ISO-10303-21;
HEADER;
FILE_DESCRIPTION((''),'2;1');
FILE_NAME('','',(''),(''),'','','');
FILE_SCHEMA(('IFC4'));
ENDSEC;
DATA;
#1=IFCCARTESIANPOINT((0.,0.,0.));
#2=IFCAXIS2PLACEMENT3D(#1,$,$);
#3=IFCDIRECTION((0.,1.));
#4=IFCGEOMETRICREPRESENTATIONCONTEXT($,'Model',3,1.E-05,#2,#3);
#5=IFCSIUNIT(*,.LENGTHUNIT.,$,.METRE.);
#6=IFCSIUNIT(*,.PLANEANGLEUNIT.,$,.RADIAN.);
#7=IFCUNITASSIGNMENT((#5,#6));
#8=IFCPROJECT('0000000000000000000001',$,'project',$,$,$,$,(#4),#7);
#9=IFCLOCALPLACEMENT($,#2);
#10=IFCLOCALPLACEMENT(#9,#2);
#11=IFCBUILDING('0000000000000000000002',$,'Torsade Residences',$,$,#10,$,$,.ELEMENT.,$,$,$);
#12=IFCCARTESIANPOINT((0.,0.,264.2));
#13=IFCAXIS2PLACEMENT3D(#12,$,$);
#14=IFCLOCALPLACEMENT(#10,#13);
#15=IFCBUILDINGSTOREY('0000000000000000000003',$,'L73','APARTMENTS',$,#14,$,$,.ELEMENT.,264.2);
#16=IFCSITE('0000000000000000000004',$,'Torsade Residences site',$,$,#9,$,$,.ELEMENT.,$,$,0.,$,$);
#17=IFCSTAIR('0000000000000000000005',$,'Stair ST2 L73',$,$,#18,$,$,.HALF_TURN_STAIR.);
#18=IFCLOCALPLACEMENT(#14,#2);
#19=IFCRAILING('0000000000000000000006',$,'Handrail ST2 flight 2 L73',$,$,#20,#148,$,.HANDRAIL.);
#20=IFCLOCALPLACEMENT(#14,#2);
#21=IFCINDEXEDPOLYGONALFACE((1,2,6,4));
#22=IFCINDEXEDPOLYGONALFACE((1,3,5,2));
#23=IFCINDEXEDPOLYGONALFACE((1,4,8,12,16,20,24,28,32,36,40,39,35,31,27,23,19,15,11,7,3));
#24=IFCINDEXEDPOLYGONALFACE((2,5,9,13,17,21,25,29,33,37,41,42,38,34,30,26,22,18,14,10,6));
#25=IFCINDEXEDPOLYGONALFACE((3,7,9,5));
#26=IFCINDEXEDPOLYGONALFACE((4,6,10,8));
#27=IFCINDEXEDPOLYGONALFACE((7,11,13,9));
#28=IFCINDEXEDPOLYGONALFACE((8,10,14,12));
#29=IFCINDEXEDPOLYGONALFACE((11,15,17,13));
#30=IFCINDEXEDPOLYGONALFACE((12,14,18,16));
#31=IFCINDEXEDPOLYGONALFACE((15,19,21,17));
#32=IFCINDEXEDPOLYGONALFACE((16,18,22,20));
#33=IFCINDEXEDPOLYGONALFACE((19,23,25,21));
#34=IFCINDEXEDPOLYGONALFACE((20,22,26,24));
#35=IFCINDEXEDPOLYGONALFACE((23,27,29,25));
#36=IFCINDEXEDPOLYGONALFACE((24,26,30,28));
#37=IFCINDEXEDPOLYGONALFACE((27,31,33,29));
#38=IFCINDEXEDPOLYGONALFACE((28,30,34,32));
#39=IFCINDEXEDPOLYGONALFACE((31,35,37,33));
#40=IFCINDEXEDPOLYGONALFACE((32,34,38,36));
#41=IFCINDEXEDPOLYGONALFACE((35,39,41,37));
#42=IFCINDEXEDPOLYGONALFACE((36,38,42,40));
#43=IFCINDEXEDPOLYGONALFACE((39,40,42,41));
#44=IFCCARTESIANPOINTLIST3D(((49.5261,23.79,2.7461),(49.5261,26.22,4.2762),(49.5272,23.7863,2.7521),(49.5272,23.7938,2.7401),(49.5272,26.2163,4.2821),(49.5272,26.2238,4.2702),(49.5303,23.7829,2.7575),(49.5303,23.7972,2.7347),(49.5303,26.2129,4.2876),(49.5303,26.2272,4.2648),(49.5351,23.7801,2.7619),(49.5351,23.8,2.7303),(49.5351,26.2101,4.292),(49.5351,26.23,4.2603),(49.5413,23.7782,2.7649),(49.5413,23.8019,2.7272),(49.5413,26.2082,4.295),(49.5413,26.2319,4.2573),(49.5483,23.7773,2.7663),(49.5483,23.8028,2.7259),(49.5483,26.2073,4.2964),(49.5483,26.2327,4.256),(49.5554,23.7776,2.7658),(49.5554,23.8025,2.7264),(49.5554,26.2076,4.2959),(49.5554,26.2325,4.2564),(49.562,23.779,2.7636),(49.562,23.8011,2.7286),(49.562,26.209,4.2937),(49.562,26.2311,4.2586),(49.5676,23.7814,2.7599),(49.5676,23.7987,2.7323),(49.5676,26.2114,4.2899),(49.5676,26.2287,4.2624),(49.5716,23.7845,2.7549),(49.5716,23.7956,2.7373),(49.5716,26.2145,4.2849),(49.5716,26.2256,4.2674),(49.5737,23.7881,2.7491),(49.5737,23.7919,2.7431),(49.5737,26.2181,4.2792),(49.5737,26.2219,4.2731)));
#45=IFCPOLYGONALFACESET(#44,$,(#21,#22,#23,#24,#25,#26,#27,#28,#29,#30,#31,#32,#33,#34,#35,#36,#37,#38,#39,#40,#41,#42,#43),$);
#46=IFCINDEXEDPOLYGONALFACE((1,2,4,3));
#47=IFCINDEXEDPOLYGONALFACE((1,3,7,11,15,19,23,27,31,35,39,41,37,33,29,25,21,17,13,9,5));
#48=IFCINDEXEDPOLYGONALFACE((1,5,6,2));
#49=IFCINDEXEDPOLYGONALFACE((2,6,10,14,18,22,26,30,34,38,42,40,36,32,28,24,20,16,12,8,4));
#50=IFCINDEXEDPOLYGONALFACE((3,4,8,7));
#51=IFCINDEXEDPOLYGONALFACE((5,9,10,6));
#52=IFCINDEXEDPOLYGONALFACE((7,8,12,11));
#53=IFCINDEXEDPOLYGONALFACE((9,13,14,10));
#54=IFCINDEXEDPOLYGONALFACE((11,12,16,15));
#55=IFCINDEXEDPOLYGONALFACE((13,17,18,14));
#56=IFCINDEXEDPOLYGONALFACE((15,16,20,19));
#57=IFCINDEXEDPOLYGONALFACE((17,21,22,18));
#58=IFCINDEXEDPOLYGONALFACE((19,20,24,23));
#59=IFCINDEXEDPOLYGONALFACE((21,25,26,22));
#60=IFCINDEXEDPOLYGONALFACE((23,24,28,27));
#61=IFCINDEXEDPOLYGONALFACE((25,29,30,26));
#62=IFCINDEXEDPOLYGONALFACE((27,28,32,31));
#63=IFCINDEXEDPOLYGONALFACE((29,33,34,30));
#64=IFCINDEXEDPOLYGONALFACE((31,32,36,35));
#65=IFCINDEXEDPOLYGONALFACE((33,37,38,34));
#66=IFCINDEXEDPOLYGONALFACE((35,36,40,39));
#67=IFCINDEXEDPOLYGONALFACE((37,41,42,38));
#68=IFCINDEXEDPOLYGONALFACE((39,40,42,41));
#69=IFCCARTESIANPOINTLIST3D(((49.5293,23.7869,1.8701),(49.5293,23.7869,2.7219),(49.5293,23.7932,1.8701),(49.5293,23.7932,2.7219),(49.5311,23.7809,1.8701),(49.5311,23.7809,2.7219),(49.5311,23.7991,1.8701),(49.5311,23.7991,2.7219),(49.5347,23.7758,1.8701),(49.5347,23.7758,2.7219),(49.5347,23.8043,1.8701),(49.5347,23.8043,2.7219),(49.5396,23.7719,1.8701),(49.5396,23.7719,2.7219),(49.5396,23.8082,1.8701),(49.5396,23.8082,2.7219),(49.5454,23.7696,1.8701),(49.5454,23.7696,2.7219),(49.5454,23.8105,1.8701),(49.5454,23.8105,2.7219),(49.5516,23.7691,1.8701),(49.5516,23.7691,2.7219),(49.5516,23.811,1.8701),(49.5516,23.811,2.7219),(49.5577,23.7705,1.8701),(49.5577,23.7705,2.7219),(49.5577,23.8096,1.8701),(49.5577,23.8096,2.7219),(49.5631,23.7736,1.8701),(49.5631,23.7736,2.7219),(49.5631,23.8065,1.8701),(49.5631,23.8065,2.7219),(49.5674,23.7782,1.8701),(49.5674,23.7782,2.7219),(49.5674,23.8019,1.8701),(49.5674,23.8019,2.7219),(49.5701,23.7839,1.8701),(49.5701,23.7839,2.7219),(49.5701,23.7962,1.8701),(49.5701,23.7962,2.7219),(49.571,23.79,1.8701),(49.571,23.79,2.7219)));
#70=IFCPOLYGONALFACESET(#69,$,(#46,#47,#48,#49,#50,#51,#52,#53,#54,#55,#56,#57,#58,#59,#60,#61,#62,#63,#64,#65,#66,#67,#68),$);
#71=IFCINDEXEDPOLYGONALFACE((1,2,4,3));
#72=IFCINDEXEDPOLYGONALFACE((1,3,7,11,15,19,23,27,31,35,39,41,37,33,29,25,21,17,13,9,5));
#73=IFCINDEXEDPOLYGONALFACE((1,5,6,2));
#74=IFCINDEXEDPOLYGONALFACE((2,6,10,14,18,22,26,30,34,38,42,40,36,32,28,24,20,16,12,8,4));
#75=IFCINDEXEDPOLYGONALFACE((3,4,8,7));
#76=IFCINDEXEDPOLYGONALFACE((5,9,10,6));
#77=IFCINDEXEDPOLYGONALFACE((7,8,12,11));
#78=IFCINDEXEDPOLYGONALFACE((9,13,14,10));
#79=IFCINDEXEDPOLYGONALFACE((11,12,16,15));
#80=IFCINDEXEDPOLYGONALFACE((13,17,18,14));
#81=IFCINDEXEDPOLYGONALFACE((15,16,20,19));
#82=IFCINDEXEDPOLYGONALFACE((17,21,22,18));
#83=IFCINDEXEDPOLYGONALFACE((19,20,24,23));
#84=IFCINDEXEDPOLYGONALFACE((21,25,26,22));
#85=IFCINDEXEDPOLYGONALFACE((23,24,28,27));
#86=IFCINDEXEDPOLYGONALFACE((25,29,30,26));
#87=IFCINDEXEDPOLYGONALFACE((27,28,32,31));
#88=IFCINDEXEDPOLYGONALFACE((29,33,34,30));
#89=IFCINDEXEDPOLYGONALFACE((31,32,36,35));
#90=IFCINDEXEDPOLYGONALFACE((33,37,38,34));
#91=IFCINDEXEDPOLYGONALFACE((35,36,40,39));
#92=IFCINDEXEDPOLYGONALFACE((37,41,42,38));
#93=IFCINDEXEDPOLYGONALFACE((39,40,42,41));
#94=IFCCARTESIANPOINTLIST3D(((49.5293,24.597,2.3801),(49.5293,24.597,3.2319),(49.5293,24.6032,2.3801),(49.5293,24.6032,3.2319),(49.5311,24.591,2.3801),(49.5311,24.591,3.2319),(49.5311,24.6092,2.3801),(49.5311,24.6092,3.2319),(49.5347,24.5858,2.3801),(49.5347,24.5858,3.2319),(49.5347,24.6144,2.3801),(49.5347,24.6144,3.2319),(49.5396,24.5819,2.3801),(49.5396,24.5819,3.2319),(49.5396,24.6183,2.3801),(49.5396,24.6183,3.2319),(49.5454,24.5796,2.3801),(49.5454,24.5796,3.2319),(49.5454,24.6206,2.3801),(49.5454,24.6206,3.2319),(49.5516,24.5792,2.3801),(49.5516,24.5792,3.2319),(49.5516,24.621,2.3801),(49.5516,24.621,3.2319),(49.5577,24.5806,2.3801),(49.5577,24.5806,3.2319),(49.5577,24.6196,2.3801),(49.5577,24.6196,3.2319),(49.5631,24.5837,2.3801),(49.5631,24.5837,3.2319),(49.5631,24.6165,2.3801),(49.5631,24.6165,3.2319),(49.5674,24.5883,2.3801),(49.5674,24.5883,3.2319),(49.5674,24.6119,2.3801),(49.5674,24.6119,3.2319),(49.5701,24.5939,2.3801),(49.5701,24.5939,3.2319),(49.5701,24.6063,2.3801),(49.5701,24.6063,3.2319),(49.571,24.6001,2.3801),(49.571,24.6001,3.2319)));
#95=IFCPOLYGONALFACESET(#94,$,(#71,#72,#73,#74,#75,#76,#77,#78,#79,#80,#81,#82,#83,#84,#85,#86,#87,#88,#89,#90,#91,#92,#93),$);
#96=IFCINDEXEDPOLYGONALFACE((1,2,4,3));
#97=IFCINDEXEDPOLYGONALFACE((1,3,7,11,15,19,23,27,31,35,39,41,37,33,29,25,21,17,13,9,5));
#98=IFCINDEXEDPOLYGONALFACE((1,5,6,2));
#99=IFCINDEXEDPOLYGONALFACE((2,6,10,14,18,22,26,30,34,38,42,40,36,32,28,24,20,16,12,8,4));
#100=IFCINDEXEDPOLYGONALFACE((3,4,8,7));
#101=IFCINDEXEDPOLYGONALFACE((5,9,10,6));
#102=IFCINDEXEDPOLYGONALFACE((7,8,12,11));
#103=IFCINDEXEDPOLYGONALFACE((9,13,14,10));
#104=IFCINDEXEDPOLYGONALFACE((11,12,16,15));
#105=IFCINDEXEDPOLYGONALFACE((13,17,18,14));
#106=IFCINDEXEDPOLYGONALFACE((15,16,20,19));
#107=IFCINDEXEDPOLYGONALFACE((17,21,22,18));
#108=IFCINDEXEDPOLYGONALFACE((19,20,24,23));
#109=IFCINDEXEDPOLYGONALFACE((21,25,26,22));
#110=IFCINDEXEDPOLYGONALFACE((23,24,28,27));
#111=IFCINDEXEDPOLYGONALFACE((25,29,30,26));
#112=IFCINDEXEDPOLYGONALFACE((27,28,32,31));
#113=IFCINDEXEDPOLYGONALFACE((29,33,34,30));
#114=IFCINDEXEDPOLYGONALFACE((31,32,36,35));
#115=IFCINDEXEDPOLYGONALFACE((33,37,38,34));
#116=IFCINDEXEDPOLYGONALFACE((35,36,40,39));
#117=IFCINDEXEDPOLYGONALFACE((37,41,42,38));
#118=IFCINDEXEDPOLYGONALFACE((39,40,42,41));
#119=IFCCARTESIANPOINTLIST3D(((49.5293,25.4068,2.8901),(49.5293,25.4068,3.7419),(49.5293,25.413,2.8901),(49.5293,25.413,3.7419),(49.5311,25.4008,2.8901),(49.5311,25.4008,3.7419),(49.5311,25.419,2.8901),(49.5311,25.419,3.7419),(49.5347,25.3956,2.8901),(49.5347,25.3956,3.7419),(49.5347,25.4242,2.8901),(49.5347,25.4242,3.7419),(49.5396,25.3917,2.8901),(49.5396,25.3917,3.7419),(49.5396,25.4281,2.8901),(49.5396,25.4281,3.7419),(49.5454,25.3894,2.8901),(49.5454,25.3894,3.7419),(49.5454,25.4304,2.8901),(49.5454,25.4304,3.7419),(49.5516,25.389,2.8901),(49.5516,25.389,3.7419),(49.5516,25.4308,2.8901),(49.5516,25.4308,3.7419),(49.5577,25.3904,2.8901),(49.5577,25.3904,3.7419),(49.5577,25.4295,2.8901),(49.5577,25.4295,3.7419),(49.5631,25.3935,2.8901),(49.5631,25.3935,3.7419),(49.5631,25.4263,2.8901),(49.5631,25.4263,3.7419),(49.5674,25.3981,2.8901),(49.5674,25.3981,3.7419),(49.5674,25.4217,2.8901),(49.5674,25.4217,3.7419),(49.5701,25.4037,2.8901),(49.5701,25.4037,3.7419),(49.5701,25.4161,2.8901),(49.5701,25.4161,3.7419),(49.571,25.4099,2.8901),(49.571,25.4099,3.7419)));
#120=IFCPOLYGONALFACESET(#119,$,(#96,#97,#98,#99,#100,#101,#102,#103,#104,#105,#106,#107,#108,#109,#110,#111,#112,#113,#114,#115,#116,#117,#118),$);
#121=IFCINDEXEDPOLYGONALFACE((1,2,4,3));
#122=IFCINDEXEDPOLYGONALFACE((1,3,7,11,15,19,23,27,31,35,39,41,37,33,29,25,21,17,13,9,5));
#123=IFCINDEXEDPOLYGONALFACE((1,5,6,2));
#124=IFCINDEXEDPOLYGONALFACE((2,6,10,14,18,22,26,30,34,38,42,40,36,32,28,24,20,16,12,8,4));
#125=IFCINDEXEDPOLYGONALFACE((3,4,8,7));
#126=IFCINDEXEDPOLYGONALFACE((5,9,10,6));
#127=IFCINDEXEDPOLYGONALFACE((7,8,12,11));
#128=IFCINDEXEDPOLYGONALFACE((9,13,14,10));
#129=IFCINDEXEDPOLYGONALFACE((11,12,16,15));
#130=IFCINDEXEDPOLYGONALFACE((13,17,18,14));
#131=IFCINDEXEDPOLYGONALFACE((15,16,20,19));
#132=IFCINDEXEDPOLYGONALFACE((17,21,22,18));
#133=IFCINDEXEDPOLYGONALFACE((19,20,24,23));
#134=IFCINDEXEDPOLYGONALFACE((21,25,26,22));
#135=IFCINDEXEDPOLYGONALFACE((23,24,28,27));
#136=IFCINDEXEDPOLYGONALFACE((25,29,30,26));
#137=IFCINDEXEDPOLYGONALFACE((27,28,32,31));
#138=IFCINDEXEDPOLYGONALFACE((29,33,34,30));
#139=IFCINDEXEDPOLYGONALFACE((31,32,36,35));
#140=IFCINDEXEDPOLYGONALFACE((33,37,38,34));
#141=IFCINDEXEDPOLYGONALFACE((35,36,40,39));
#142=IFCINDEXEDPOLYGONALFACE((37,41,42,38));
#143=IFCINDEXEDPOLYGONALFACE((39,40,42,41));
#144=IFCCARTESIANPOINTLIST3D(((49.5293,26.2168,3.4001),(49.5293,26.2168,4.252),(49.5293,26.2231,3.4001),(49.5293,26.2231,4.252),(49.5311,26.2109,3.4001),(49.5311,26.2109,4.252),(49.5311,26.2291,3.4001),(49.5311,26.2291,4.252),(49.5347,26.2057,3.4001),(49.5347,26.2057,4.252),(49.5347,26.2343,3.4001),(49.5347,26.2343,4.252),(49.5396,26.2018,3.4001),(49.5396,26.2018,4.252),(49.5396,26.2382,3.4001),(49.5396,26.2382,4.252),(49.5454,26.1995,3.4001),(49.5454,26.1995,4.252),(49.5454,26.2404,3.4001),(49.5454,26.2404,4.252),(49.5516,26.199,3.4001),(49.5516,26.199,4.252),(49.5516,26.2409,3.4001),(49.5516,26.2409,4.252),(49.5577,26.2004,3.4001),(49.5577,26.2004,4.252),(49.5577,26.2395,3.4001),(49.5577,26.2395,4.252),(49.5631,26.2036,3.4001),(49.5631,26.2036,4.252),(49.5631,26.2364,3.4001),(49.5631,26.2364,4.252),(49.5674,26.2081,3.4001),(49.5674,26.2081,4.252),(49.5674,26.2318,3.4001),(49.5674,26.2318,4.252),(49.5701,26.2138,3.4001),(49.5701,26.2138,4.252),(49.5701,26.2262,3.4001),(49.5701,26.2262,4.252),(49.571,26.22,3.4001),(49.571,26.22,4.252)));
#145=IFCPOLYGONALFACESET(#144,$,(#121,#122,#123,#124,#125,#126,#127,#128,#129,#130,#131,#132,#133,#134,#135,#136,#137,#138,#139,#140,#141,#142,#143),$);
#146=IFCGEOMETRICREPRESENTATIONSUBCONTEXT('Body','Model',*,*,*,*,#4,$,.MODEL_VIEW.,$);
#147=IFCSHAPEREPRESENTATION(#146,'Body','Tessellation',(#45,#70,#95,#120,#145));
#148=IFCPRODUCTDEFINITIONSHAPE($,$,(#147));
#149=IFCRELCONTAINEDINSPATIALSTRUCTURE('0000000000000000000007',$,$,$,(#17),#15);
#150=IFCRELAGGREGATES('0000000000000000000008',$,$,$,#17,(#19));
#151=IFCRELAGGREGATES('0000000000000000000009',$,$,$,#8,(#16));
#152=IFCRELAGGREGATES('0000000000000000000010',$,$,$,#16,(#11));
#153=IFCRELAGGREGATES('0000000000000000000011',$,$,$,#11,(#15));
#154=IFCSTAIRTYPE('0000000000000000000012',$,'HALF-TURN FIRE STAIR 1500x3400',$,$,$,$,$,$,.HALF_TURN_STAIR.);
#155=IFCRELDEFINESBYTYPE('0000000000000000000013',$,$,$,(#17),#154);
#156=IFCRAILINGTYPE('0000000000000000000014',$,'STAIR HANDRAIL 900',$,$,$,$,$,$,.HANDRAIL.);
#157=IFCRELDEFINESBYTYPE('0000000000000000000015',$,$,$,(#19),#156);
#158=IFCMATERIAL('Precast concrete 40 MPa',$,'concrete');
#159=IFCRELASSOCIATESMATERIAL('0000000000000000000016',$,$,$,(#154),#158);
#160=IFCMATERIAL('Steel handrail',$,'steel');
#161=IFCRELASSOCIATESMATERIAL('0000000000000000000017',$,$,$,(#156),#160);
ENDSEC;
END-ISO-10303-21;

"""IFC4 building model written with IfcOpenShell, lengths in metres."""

from ifc_helpers import new_model, si_unit, direction, frame, origin, origin_2d, place, context, subcontext, project, spatial, circle, extrude, material, type_object, element, aggregate, save


model = new_model("IFC4")

# Units and contexts
model_context = context("Model", 3, precision=1e-05, world=origin(), true_north=direction((0.0, 1.0)))
body_context = subcontext(model_context, "Body", "Model", "MODEL_VIEW")
ifc_project = project(units=[si_unit("LENGTHUNIT", "METRE"), si_unit("PLANEANGLEUNIT", "RADIAN")], contexts=[model_context])

# Site, building, storey
site_placement = place(None, origin())
site = spatial("IfcSite", under=ifc_project, at=site_placement, Name="Torsade Residences site", CompositionType="ELEMENT", RefElevation=0.0)
building_placement = place(site_placement, origin())
building = spatial("IfcBuilding", under=site, at=building_placement, Name="Torsade Residences", CompositionType="ELEMENT")
storey_placement = place(building_placement, frame((0.0, 0.0, 264.2)))
storey = spatial("IfcBuildingStorey", under=building, at=storey_placement, Name="L73", Description="APARTMENTS", CompositionType="ELEMENT", Elevation=264.2)

# Stair, railing
ifc_material_1 = material(Name="Precast concrete 40 MPa", Category="concrete")
stair_type = type_object("IfcStairType", Name="HALF-TURN FIRE STAIR 1500x3400", PredefinedType="HALF_TURN_STAIR", material=ifc_material_1)
stair_placement = place(storey_placement, origin())
stair = element("IfcStair", 1, at=stair_placement, inside=storey, type_object=stair_type, Name="Stair ST2 L73", PredefinedType="HALF_TURN_STAIR")
ifc_material_2 = material(Name="Steel handrail", Category="steel")
railing_type = type_object("IfcRailingType", Name="STAIR HANDRAIL 900", PredefinedType="HANDRAIL", material=ifc_material_2)
railing_1_placement = place(storey_placement, frame((49.55, 23.79, 1.8701)))
railing_1 = element("IfcRailing", 2, at=railing_1_placement, type_object=railing_type, Name="Handrail ST2 flight 2 L73", PredefinedType="HANDRAIL", context=body_context, shape_type="SweptSolid", body=[
    extrude(circle(Radius=0.0239, at=origin_2d()), frame((0.0, 0.0, 0.876), z_axis=(0.0, 0.846221, 0.532831), x_axis=(-1.0, 0.0, 0.0)), (0.0, 0.0, 1.0), 2.8716),
    extrude(circle(Radius=0.021, at=origin_2d()), origin(), (0.0, 0.0, 1.0), 0.8518),
    extrude(circle(Radius=0.021, at=origin_2d()), frame((0.0, 0.8101, 0.51)), (0.0, 0.0, 1.0), 0.8518),
    extrude(circle(Radius=0.021, at=origin_2d()), frame((0.0, 1.6199, 1.02)), (0.0, 0.0, 1.0), 0.8518),
    extrude(circle(Radius=0.021, at=origin_2d()), frame((0.0, 2.4299, 1.53)), (0.0, 0.0, 1.0), 0.8518),
])
aggregate(stair, [railing_1])

save(model, "model.ifc")
